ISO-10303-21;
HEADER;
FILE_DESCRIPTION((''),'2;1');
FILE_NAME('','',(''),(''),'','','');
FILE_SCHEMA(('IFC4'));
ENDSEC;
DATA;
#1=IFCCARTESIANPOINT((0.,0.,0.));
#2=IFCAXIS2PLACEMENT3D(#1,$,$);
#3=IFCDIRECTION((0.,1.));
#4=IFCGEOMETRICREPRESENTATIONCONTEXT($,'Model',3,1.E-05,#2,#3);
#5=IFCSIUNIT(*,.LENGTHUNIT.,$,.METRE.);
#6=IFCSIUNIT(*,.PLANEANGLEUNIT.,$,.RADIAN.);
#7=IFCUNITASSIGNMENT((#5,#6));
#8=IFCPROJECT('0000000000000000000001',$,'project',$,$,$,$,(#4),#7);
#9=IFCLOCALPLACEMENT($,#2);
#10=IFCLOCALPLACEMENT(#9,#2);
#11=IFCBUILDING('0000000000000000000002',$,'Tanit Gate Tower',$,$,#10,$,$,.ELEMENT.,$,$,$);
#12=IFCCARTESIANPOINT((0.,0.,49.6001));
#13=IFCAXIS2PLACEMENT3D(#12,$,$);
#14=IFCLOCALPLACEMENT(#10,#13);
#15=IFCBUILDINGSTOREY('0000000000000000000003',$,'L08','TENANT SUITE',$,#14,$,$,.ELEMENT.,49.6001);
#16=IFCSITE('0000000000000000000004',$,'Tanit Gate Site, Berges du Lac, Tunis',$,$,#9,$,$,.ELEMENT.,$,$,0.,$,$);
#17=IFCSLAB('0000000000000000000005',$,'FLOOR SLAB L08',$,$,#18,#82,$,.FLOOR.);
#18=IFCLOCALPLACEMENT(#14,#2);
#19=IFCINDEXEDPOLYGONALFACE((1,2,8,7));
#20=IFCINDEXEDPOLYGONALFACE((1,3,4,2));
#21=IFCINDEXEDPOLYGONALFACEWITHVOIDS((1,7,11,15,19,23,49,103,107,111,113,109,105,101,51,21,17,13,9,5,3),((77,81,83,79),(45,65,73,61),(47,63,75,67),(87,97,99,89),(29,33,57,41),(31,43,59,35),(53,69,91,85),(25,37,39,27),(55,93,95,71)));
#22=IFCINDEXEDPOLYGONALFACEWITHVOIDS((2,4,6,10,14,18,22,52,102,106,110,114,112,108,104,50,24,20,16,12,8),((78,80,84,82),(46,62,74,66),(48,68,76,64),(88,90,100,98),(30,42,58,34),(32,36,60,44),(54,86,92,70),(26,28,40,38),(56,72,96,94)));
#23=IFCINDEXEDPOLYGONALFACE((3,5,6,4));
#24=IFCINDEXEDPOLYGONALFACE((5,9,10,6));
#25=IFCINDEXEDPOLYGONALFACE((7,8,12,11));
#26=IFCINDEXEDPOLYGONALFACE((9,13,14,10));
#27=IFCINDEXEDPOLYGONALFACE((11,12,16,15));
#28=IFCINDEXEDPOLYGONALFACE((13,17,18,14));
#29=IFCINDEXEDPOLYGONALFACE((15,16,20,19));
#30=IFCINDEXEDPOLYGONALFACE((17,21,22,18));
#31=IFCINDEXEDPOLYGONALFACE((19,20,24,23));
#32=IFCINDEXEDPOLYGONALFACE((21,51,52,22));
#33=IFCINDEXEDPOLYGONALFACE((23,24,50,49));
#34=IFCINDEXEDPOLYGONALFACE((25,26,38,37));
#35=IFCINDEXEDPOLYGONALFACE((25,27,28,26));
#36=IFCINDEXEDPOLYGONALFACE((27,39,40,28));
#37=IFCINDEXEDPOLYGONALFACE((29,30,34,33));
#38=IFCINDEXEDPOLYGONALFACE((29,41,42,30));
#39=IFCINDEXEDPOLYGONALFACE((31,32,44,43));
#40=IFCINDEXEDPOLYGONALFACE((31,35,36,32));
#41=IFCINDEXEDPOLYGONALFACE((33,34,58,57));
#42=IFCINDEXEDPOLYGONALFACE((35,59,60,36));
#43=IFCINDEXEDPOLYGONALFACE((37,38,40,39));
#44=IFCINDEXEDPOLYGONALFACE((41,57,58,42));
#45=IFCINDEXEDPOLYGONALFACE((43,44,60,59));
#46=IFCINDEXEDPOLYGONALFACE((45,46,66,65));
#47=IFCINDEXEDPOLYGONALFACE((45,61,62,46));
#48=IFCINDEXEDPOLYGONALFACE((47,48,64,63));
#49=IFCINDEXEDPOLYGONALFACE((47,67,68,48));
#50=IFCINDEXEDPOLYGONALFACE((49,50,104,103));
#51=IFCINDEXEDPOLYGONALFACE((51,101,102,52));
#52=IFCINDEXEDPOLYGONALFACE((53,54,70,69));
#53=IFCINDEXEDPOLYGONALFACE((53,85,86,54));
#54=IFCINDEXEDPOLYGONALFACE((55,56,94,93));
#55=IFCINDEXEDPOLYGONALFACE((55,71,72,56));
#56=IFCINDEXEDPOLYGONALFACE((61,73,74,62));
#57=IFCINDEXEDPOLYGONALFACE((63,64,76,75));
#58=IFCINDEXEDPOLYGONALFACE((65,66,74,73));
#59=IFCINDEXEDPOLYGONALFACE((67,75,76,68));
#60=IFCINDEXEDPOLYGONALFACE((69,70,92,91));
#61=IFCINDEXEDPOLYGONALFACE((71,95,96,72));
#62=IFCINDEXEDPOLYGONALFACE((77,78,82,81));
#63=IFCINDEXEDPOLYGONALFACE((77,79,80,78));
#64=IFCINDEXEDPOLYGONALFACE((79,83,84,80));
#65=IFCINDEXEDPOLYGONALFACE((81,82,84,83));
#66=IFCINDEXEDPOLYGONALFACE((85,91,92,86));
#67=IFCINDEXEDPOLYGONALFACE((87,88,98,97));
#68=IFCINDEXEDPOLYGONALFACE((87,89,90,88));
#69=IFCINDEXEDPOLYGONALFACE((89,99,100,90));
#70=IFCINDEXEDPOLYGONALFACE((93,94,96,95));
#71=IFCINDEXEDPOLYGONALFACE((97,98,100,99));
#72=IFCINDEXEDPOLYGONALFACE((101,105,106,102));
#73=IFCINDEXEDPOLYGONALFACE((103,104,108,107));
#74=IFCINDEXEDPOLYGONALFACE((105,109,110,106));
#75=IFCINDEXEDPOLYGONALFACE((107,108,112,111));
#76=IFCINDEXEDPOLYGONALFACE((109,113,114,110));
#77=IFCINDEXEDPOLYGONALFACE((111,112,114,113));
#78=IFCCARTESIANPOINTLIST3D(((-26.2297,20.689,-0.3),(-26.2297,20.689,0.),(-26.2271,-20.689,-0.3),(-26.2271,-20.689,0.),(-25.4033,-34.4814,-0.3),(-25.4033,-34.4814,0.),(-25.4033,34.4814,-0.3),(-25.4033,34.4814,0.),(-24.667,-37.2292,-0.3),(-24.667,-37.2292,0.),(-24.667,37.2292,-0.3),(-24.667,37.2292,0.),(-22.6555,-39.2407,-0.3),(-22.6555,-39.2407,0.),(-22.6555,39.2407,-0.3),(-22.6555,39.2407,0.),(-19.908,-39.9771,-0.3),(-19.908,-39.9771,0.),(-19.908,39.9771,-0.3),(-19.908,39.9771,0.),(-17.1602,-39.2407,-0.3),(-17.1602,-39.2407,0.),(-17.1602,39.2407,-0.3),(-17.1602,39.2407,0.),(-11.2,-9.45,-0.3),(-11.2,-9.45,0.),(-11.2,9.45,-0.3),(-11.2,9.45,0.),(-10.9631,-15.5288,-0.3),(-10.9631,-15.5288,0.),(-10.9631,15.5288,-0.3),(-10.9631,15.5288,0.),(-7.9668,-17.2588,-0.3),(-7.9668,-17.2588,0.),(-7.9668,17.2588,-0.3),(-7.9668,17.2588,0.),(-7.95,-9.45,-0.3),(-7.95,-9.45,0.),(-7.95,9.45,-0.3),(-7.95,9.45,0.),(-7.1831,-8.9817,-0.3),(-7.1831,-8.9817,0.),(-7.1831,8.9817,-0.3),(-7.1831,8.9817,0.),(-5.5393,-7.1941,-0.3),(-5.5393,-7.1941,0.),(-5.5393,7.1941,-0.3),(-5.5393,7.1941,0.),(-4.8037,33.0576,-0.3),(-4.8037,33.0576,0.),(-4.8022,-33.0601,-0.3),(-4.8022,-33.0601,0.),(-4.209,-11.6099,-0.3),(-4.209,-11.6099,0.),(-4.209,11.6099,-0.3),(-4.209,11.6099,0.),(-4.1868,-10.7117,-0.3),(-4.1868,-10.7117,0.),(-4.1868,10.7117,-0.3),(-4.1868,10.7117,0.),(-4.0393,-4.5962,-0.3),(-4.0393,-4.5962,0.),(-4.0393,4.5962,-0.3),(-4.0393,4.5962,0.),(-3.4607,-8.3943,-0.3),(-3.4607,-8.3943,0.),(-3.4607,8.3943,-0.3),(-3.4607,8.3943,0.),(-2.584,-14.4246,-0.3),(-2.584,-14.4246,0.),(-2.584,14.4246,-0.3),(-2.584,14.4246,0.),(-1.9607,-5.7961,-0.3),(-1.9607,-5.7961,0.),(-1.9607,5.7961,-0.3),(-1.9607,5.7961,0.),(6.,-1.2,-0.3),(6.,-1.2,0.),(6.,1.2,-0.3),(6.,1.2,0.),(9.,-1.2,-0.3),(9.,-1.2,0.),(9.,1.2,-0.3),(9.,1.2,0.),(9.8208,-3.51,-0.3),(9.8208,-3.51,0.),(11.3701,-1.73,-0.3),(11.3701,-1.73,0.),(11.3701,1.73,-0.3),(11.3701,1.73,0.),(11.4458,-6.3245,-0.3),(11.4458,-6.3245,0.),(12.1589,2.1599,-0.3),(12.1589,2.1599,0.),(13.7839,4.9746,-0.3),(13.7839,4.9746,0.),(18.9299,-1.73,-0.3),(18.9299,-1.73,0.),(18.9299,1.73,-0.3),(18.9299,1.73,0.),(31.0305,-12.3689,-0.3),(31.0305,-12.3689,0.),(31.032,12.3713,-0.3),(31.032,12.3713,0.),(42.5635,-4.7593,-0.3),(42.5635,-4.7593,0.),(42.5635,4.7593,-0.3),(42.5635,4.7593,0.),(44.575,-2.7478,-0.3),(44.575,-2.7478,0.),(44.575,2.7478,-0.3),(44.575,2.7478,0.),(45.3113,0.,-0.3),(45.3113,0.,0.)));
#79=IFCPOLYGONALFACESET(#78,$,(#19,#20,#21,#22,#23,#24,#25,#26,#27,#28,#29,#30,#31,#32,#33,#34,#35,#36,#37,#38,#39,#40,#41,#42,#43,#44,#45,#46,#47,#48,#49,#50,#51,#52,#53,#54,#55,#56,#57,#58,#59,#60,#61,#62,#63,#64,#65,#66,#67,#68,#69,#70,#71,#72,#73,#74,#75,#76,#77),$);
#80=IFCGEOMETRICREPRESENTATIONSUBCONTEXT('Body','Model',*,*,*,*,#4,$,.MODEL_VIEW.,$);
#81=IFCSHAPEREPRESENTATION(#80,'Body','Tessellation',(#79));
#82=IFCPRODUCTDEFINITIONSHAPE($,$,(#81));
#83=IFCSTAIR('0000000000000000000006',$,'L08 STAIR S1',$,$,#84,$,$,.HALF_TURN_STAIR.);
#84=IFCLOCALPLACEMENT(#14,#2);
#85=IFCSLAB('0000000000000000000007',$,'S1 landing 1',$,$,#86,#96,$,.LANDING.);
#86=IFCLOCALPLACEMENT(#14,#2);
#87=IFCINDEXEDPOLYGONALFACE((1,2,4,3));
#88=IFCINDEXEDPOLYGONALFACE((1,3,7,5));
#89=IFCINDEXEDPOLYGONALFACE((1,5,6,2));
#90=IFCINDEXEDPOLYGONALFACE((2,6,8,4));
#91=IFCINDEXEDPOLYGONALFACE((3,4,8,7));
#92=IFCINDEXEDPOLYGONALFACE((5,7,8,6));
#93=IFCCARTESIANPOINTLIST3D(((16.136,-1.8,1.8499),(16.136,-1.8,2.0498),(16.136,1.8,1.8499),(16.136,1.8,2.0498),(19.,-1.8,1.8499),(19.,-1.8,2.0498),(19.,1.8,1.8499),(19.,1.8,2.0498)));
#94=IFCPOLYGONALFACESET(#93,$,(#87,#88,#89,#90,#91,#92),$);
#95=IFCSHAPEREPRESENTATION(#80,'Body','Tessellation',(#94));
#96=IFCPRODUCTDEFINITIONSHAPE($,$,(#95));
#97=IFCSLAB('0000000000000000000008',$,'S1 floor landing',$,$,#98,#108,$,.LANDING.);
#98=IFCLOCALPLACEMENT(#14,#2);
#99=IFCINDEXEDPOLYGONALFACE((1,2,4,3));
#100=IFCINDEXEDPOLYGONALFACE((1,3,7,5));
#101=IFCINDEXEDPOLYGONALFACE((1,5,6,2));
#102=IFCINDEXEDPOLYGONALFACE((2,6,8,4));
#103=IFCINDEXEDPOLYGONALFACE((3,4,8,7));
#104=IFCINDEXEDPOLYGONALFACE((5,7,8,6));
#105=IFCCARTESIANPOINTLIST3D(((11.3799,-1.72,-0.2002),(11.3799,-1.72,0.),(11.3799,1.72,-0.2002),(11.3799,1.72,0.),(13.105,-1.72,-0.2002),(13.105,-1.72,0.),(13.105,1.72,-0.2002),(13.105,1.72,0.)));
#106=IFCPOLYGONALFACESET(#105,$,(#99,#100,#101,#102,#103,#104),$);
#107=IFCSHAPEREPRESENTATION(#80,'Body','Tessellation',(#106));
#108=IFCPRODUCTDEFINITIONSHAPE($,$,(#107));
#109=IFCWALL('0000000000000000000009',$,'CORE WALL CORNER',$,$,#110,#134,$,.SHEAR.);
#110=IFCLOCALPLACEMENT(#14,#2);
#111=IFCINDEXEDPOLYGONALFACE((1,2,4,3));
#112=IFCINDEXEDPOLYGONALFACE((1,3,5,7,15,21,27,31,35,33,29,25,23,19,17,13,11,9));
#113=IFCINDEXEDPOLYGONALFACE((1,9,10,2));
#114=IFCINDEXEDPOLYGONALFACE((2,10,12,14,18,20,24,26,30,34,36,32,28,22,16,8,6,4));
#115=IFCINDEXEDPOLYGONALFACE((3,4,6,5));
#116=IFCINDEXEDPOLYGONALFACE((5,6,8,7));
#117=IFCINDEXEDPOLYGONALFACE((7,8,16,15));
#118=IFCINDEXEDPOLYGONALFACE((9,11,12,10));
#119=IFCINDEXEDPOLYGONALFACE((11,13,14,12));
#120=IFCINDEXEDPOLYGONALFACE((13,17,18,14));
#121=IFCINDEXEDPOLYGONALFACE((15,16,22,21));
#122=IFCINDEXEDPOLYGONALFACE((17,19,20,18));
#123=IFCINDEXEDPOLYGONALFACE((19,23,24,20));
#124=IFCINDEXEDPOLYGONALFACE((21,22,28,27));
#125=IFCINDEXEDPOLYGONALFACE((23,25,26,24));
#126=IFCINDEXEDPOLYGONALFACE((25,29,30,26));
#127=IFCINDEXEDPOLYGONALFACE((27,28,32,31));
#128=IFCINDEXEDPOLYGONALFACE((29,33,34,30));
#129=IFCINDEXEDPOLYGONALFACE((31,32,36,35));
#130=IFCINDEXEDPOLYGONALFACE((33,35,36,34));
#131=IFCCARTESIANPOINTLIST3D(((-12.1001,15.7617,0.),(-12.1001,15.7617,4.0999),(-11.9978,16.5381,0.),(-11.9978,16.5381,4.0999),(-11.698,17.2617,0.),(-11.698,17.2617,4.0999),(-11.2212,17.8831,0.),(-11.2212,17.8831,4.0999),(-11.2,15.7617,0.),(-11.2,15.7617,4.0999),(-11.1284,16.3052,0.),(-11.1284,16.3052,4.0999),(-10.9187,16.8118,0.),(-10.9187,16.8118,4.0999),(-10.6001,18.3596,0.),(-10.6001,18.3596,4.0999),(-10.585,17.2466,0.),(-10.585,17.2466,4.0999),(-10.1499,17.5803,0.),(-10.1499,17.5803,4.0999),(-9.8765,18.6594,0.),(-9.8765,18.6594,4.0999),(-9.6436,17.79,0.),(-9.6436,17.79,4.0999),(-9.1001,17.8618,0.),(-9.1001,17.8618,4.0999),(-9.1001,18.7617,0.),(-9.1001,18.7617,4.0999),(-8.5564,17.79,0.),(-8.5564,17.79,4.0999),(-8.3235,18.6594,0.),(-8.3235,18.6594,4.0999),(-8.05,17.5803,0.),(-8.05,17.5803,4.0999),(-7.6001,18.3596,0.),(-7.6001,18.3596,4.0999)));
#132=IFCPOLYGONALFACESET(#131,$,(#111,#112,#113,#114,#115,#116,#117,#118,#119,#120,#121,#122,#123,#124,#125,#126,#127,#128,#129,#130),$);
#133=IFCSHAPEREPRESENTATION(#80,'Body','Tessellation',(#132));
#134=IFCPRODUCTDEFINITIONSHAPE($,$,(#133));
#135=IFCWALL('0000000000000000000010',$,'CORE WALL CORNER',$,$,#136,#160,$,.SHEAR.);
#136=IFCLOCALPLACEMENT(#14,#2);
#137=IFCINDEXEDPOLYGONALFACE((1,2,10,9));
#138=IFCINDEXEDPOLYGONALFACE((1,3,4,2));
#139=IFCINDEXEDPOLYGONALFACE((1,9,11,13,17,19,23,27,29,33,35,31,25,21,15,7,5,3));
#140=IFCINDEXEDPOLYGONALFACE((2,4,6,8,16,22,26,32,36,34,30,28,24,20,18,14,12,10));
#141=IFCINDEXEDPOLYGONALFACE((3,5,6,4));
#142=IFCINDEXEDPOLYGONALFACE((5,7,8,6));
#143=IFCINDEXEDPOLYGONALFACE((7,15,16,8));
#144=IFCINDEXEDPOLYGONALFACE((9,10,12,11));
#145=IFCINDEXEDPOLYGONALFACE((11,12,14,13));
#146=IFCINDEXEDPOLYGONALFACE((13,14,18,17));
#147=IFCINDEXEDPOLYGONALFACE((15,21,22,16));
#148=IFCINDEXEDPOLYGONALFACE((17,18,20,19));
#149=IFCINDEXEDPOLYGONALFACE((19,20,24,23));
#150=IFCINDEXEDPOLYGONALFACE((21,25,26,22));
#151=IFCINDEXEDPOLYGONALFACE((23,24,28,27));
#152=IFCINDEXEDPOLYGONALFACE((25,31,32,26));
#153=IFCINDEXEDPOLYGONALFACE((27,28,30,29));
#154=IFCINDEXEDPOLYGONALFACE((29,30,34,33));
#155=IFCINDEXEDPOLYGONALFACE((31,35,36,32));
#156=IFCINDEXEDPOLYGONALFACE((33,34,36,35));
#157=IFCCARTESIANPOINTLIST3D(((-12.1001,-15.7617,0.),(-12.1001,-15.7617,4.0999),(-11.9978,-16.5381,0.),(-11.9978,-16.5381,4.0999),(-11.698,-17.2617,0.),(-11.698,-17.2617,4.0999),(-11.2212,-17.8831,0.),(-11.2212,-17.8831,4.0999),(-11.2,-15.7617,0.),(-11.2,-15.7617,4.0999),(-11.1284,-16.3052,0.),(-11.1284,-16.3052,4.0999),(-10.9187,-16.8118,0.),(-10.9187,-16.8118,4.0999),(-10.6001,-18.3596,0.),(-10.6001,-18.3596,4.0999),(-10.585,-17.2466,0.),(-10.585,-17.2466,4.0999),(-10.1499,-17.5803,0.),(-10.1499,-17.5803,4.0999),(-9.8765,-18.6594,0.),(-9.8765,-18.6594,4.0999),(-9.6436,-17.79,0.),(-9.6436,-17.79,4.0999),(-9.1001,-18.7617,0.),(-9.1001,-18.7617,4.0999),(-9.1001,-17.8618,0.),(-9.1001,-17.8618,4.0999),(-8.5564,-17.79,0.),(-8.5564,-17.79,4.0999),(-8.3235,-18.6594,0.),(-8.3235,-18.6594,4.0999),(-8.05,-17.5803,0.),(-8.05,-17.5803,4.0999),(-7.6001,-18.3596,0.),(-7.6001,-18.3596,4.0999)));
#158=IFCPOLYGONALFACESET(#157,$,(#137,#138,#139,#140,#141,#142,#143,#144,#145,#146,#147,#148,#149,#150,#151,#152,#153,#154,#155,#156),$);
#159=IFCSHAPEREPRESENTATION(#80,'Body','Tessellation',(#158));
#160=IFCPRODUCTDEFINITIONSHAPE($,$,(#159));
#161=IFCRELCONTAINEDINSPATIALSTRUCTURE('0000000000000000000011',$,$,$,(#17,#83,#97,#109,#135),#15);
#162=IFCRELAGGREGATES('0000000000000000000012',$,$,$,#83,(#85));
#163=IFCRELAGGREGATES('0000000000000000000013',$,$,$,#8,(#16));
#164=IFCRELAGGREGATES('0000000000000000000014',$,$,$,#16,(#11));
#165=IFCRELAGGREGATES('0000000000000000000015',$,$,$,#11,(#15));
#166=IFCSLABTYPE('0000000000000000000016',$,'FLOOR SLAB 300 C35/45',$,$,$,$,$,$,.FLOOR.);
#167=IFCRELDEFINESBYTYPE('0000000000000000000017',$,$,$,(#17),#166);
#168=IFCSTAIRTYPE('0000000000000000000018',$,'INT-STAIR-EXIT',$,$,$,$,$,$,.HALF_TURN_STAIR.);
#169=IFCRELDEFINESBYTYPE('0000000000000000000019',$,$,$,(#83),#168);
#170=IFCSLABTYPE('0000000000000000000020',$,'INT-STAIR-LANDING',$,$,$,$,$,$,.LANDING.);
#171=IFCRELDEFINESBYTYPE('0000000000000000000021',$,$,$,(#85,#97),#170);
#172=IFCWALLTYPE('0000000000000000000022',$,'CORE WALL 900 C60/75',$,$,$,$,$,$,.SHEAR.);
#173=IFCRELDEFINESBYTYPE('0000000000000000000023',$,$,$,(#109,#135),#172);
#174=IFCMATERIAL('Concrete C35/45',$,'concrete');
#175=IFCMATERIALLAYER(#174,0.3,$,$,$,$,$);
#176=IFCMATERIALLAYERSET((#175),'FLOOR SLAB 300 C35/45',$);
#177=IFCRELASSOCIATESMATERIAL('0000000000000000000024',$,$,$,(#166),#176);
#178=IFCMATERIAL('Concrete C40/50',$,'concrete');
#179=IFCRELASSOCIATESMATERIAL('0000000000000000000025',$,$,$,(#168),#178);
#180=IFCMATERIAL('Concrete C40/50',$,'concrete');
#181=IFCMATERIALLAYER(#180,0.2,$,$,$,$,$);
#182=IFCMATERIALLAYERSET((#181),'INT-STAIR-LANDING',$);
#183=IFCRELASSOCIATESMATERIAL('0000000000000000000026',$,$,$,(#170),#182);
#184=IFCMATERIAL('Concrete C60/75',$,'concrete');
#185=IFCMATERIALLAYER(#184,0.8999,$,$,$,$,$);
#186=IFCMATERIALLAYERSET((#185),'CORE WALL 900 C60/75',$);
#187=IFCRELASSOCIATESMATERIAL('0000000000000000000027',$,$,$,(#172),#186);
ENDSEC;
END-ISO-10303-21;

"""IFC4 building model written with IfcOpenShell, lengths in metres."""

from ifc_helpers import new_model, si_unit, direction, frame, origin, place, context, subcontext, project, spatial, polyline, outline, extrude, material, layer, layer_set, type_object, element, aggregate, save


model = new_model("IFC4")

# Units and contexts
model_context = context("Model", 3, precision=1e-05, world=origin(), true_north=direction((0.0, 1.0)))
body_context = subcontext(model_context, "Body", "Model", "MODEL_VIEW")
ifc_project = project(units=[si_unit("LENGTHUNIT", "METRE"), si_unit("PLANEANGLEUNIT", "RADIAN")], contexts=[model_context])

# Site, building, storey
site_placement = place(None, origin())
site = spatial("IfcSite", under=ifc_project, at=site_placement, Name="Tanit Gate Site, Berges du Lac, Tunis", CompositionType="ELEMENT", RefElevation=0.0)
building_placement = place(site_placement, origin())
building = spatial("IfcBuilding", under=site, at=building_placement, Name="Tanit Gate Tower", CompositionType="ELEMENT")
storey_placement = place(building_placement, frame((0.0, 0.0, 49.6001)))
storey = spatial("IfcBuildingStorey", under=building, at=storey_placement, Name="L08", Description="TENANT SUITE", CompositionType="ELEMENT", Elevation=49.6001)

# Slab
ifc_material_1 = material(Name="Concrete C35/45", Category="concrete")
ifc_layer_1 = layer(ifc_material_1, 0.3)
ifc_layer_set_1 = layer_set([ifc_layer_1], Name="FLOOR SLAB 300 C35/45")
slab_type_1 = type_object("IfcSlabType", Name="FLOOR SLAB 300 C35/45", PredefinedType="FLOOR", material=ifc_layer_set_1)
slab_1_placement = place(storey_placement, frame((0.0, 0.0, -0.3)))
element("IfcSlab", 1, at=slab_1_placement, inside=storey, type_object=slab_type_1, Name="FLOOR SLAB L08", PredefinedType="FLOOR", context=body_context, shape_type="SweptSolid", body=[
    extrude(outline(polyline([(42.5635, 4.7593), (44.575, 2.7478), (45.3113, 0.0), (44.575, -2.7478), (42.5635, -4.7593), (31.0305, -12.3689), (-4.8022, -33.0601), (-17.1602, -39.2407), (-19.908, -39.9771), (-22.6555, -39.2407), (-24.667, -37.2292), (-25.4033, -34.4814), (-26.2271, -20.689), (-26.2297, 20.689), (-25.4033, 34.4814), (-24.667, 37.2292), (-22.6555, 39.2407), (-19.908, 39.9771), (-17.1602, 39.2407), (-4.8037, 33.0576), (31.032, 12.3713), (42.5635, 4.7593)]), holes=[polyline([(11.3701, 1.73), (18.9299, 1.73), (18.9299, -1.73), (11.3701, -1.73), (11.3701, 1.73)]), polyline([(-4.209, 11.6099), (-2.584, 14.4246), (13.7839, 4.9746), (12.1589, 2.1599), (-4.209, 11.6099)]), polyline([(-4.209, -11.6099), (9.8208, -3.51), (11.4458, -6.3245), (-2.584, -14.4246), (-4.209, -11.6099)]), polyline([(9.0, 1.2), (9.0, -1.2), (6.0, -1.2), (6.0, 1.2), (9.0, 1.2)]), polyline([(-5.5393, 7.1941), (-3.4607, 8.3943), (-1.9607, 5.7961), (-4.0393, 4.5962), (-5.5393, 7.1941)]), polyline([(-1.9607, -5.7961), (-3.4607, -8.3943), (-5.5393, -7.1941), (-4.0393, -4.5962), (-1.9607, -5.7961)]), polyline([(-10.9631, 15.5288), (-7.9668, 17.2588), (-4.1868, 10.7117), (-7.1831, 8.9817), (-10.9631, 15.5288)]), polyline([(-4.1868, -10.7117), (-7.9668, -17.2588), (-10.9631, -15.5288), (-7.1831, -8.9817), (-4.1868, -10.7117)]), polyline([(-11.2, -9.45), (-11.2, 9.45), (-7.95, 9.45), (-7.95, -9.45), (-11.2, -9.45)])]), origin(), (0.0, 0.0, 1.0), 0.3),
])

# Stair, slab
ifc_material_2 = material(Name="Concrete C40/50", Category="concrete")
stair_type = type_object("IfcStairType", Name="INT-STAIR-EXIT", PredefinedType="HALF_TURN_STAIR", material=ifc_material_2)
stair_placement = place(storey_placement, origin())
stair = element("IfcStair", 2, at=stair_placement, inside=storey, type_object=stair_type, Name="L08 STAIR S1", PredefinedType="HALF_TURN_STAIR")
ifc_material_3 = material(Name="Concrete C40/50", Category="concrete")
ifc_layer_2 = layer(ifc_material_3, 0.2)
ifc_layer_set_2 = layer_set([ifc_layer_2], Name="INT-STAIR-LANDING")
slab_type_2 = type_object("IfcSlabType", Name="INT-STAIR-LANDING", PredefinedType="LANDING", material=ifc_layer_set_2)
slab_2_placement = place(storey_placement, frame((0.0, 0.0, 1.8499)))
slab_2 = element("IfcSlab", 3, at=slab_2_placement, type_object=slab_type_2, Name="S1 landing 1", PredefinedType="LANDING", context=body_context, shape_type="SweptSolid", body=[
    extrude(outline(polyline([(16.136, -1.8), (19.0, -1.8), (19.0, 1.8), (16.136, 1.8), (16.136, -1.8)])), origin(), (0.0, 0.0, 1.0), 0.2),
])
aggregate(stair, [slab_2])

# Slab
slab_3_placement = place(storey_placement, frame((0.0, 0.0, -0.2002)))
element("IfcSlab", 4, at=slab_3_placement, inside=storey, type_object=slab_type_2, Name="S1 floor landing", PredefinedType="LANDING", context=body_context, shape_type="SweptSolid", body=[
    extrude(outline(polyline([(11.3799, -1.72), (13.105, -1.72), (13.105, 1.72), (11.3799, 1.72), (11.3799, -1.72)])), origin(), (0.0, 0.0, 1.0), 0.2002),
])

# Walls
ifc_material_4 = material(Name="Concrete C60/75", Category="concrete")
ifc_layer_3 = layer(ifc_material_4, 0.8999)
ifc_layer_set_3 = layer_set([ifc_layer_3], Name="CORE WALL 900 C60/75")
wall_type_1 = type_object("IfcWallType", Name="CORE WALL 900 C60/75", PredefinedType="SHEAR", material=ifc_layer_set_3)
wall_1_placement = place(storey_placement, origin())
element("IfcWall", 5, at=wall_1_placement, inside=storey, type_object=wall_type_1, Name="CORE WALL CORNER", PredefinedType="SHEAR", context=body_context, shape_type="SweptSolid", body=[
    extrude(outline(polyline([(-7.6001, 18.3596), (-8.3235, 18.6594), (-9.1001, 18.7617), (-9.8765, 18.6594), (-10.6001, 18.3596), (-11.2212, 17.8831), (-11.698, 17.2617), (-11.9978, 16.5381), (-12.1001, 15.7617), (-11.2, 15.7617), (-11.1284, 16.3052), (-10.9187, 16.8118), (-10.585, 17.2466), (-10.1499, 17.5803), (-9.6436, 17.79), (-9.1001, 17.8618), (-8.5564, 17.79), (-8.05, 17.5803), (-7.6001, 18.3596)])), origin(), (0.0, 0.0, 1.0), 4.0999),
])
wall_2_placement = place(storey_placement, origin())
element("IfcWall", 6, at=wall_2_placement, inside=storey, type_object=wall_type_1, Name="CORE WALL CORNER", PredefinedType="SHEAR", context=body_context, shape_type="SweptSolid", body=[
    extrude(outline(polyline([(-12.1001, -15.7617), (-11.9978, -16.5381), (-11.698, -17.2617), (-11.2212, -17.8831), (-10.6001, -18.3596), (-9.8765, -18.6594), (-9.1001, -18.7617), (-8.3235, -18.6594), (-7.6001, -18.3596), (-8.05, -17.5803), (-8.5564, -17.79), (-9.1001, -17.8618), (-9.6436, -17.79), (-10.1499, -17.5803), (-10.585, -17.2466), (-10.9187, -16.8118), (-11.1284, -16.3052), (-11.2, -15.7617), (-12.1001, -15.7617)])), origin(), (0.0, 0.0, 1.0), 4.0999),
])

save(model, "model.ifc")
